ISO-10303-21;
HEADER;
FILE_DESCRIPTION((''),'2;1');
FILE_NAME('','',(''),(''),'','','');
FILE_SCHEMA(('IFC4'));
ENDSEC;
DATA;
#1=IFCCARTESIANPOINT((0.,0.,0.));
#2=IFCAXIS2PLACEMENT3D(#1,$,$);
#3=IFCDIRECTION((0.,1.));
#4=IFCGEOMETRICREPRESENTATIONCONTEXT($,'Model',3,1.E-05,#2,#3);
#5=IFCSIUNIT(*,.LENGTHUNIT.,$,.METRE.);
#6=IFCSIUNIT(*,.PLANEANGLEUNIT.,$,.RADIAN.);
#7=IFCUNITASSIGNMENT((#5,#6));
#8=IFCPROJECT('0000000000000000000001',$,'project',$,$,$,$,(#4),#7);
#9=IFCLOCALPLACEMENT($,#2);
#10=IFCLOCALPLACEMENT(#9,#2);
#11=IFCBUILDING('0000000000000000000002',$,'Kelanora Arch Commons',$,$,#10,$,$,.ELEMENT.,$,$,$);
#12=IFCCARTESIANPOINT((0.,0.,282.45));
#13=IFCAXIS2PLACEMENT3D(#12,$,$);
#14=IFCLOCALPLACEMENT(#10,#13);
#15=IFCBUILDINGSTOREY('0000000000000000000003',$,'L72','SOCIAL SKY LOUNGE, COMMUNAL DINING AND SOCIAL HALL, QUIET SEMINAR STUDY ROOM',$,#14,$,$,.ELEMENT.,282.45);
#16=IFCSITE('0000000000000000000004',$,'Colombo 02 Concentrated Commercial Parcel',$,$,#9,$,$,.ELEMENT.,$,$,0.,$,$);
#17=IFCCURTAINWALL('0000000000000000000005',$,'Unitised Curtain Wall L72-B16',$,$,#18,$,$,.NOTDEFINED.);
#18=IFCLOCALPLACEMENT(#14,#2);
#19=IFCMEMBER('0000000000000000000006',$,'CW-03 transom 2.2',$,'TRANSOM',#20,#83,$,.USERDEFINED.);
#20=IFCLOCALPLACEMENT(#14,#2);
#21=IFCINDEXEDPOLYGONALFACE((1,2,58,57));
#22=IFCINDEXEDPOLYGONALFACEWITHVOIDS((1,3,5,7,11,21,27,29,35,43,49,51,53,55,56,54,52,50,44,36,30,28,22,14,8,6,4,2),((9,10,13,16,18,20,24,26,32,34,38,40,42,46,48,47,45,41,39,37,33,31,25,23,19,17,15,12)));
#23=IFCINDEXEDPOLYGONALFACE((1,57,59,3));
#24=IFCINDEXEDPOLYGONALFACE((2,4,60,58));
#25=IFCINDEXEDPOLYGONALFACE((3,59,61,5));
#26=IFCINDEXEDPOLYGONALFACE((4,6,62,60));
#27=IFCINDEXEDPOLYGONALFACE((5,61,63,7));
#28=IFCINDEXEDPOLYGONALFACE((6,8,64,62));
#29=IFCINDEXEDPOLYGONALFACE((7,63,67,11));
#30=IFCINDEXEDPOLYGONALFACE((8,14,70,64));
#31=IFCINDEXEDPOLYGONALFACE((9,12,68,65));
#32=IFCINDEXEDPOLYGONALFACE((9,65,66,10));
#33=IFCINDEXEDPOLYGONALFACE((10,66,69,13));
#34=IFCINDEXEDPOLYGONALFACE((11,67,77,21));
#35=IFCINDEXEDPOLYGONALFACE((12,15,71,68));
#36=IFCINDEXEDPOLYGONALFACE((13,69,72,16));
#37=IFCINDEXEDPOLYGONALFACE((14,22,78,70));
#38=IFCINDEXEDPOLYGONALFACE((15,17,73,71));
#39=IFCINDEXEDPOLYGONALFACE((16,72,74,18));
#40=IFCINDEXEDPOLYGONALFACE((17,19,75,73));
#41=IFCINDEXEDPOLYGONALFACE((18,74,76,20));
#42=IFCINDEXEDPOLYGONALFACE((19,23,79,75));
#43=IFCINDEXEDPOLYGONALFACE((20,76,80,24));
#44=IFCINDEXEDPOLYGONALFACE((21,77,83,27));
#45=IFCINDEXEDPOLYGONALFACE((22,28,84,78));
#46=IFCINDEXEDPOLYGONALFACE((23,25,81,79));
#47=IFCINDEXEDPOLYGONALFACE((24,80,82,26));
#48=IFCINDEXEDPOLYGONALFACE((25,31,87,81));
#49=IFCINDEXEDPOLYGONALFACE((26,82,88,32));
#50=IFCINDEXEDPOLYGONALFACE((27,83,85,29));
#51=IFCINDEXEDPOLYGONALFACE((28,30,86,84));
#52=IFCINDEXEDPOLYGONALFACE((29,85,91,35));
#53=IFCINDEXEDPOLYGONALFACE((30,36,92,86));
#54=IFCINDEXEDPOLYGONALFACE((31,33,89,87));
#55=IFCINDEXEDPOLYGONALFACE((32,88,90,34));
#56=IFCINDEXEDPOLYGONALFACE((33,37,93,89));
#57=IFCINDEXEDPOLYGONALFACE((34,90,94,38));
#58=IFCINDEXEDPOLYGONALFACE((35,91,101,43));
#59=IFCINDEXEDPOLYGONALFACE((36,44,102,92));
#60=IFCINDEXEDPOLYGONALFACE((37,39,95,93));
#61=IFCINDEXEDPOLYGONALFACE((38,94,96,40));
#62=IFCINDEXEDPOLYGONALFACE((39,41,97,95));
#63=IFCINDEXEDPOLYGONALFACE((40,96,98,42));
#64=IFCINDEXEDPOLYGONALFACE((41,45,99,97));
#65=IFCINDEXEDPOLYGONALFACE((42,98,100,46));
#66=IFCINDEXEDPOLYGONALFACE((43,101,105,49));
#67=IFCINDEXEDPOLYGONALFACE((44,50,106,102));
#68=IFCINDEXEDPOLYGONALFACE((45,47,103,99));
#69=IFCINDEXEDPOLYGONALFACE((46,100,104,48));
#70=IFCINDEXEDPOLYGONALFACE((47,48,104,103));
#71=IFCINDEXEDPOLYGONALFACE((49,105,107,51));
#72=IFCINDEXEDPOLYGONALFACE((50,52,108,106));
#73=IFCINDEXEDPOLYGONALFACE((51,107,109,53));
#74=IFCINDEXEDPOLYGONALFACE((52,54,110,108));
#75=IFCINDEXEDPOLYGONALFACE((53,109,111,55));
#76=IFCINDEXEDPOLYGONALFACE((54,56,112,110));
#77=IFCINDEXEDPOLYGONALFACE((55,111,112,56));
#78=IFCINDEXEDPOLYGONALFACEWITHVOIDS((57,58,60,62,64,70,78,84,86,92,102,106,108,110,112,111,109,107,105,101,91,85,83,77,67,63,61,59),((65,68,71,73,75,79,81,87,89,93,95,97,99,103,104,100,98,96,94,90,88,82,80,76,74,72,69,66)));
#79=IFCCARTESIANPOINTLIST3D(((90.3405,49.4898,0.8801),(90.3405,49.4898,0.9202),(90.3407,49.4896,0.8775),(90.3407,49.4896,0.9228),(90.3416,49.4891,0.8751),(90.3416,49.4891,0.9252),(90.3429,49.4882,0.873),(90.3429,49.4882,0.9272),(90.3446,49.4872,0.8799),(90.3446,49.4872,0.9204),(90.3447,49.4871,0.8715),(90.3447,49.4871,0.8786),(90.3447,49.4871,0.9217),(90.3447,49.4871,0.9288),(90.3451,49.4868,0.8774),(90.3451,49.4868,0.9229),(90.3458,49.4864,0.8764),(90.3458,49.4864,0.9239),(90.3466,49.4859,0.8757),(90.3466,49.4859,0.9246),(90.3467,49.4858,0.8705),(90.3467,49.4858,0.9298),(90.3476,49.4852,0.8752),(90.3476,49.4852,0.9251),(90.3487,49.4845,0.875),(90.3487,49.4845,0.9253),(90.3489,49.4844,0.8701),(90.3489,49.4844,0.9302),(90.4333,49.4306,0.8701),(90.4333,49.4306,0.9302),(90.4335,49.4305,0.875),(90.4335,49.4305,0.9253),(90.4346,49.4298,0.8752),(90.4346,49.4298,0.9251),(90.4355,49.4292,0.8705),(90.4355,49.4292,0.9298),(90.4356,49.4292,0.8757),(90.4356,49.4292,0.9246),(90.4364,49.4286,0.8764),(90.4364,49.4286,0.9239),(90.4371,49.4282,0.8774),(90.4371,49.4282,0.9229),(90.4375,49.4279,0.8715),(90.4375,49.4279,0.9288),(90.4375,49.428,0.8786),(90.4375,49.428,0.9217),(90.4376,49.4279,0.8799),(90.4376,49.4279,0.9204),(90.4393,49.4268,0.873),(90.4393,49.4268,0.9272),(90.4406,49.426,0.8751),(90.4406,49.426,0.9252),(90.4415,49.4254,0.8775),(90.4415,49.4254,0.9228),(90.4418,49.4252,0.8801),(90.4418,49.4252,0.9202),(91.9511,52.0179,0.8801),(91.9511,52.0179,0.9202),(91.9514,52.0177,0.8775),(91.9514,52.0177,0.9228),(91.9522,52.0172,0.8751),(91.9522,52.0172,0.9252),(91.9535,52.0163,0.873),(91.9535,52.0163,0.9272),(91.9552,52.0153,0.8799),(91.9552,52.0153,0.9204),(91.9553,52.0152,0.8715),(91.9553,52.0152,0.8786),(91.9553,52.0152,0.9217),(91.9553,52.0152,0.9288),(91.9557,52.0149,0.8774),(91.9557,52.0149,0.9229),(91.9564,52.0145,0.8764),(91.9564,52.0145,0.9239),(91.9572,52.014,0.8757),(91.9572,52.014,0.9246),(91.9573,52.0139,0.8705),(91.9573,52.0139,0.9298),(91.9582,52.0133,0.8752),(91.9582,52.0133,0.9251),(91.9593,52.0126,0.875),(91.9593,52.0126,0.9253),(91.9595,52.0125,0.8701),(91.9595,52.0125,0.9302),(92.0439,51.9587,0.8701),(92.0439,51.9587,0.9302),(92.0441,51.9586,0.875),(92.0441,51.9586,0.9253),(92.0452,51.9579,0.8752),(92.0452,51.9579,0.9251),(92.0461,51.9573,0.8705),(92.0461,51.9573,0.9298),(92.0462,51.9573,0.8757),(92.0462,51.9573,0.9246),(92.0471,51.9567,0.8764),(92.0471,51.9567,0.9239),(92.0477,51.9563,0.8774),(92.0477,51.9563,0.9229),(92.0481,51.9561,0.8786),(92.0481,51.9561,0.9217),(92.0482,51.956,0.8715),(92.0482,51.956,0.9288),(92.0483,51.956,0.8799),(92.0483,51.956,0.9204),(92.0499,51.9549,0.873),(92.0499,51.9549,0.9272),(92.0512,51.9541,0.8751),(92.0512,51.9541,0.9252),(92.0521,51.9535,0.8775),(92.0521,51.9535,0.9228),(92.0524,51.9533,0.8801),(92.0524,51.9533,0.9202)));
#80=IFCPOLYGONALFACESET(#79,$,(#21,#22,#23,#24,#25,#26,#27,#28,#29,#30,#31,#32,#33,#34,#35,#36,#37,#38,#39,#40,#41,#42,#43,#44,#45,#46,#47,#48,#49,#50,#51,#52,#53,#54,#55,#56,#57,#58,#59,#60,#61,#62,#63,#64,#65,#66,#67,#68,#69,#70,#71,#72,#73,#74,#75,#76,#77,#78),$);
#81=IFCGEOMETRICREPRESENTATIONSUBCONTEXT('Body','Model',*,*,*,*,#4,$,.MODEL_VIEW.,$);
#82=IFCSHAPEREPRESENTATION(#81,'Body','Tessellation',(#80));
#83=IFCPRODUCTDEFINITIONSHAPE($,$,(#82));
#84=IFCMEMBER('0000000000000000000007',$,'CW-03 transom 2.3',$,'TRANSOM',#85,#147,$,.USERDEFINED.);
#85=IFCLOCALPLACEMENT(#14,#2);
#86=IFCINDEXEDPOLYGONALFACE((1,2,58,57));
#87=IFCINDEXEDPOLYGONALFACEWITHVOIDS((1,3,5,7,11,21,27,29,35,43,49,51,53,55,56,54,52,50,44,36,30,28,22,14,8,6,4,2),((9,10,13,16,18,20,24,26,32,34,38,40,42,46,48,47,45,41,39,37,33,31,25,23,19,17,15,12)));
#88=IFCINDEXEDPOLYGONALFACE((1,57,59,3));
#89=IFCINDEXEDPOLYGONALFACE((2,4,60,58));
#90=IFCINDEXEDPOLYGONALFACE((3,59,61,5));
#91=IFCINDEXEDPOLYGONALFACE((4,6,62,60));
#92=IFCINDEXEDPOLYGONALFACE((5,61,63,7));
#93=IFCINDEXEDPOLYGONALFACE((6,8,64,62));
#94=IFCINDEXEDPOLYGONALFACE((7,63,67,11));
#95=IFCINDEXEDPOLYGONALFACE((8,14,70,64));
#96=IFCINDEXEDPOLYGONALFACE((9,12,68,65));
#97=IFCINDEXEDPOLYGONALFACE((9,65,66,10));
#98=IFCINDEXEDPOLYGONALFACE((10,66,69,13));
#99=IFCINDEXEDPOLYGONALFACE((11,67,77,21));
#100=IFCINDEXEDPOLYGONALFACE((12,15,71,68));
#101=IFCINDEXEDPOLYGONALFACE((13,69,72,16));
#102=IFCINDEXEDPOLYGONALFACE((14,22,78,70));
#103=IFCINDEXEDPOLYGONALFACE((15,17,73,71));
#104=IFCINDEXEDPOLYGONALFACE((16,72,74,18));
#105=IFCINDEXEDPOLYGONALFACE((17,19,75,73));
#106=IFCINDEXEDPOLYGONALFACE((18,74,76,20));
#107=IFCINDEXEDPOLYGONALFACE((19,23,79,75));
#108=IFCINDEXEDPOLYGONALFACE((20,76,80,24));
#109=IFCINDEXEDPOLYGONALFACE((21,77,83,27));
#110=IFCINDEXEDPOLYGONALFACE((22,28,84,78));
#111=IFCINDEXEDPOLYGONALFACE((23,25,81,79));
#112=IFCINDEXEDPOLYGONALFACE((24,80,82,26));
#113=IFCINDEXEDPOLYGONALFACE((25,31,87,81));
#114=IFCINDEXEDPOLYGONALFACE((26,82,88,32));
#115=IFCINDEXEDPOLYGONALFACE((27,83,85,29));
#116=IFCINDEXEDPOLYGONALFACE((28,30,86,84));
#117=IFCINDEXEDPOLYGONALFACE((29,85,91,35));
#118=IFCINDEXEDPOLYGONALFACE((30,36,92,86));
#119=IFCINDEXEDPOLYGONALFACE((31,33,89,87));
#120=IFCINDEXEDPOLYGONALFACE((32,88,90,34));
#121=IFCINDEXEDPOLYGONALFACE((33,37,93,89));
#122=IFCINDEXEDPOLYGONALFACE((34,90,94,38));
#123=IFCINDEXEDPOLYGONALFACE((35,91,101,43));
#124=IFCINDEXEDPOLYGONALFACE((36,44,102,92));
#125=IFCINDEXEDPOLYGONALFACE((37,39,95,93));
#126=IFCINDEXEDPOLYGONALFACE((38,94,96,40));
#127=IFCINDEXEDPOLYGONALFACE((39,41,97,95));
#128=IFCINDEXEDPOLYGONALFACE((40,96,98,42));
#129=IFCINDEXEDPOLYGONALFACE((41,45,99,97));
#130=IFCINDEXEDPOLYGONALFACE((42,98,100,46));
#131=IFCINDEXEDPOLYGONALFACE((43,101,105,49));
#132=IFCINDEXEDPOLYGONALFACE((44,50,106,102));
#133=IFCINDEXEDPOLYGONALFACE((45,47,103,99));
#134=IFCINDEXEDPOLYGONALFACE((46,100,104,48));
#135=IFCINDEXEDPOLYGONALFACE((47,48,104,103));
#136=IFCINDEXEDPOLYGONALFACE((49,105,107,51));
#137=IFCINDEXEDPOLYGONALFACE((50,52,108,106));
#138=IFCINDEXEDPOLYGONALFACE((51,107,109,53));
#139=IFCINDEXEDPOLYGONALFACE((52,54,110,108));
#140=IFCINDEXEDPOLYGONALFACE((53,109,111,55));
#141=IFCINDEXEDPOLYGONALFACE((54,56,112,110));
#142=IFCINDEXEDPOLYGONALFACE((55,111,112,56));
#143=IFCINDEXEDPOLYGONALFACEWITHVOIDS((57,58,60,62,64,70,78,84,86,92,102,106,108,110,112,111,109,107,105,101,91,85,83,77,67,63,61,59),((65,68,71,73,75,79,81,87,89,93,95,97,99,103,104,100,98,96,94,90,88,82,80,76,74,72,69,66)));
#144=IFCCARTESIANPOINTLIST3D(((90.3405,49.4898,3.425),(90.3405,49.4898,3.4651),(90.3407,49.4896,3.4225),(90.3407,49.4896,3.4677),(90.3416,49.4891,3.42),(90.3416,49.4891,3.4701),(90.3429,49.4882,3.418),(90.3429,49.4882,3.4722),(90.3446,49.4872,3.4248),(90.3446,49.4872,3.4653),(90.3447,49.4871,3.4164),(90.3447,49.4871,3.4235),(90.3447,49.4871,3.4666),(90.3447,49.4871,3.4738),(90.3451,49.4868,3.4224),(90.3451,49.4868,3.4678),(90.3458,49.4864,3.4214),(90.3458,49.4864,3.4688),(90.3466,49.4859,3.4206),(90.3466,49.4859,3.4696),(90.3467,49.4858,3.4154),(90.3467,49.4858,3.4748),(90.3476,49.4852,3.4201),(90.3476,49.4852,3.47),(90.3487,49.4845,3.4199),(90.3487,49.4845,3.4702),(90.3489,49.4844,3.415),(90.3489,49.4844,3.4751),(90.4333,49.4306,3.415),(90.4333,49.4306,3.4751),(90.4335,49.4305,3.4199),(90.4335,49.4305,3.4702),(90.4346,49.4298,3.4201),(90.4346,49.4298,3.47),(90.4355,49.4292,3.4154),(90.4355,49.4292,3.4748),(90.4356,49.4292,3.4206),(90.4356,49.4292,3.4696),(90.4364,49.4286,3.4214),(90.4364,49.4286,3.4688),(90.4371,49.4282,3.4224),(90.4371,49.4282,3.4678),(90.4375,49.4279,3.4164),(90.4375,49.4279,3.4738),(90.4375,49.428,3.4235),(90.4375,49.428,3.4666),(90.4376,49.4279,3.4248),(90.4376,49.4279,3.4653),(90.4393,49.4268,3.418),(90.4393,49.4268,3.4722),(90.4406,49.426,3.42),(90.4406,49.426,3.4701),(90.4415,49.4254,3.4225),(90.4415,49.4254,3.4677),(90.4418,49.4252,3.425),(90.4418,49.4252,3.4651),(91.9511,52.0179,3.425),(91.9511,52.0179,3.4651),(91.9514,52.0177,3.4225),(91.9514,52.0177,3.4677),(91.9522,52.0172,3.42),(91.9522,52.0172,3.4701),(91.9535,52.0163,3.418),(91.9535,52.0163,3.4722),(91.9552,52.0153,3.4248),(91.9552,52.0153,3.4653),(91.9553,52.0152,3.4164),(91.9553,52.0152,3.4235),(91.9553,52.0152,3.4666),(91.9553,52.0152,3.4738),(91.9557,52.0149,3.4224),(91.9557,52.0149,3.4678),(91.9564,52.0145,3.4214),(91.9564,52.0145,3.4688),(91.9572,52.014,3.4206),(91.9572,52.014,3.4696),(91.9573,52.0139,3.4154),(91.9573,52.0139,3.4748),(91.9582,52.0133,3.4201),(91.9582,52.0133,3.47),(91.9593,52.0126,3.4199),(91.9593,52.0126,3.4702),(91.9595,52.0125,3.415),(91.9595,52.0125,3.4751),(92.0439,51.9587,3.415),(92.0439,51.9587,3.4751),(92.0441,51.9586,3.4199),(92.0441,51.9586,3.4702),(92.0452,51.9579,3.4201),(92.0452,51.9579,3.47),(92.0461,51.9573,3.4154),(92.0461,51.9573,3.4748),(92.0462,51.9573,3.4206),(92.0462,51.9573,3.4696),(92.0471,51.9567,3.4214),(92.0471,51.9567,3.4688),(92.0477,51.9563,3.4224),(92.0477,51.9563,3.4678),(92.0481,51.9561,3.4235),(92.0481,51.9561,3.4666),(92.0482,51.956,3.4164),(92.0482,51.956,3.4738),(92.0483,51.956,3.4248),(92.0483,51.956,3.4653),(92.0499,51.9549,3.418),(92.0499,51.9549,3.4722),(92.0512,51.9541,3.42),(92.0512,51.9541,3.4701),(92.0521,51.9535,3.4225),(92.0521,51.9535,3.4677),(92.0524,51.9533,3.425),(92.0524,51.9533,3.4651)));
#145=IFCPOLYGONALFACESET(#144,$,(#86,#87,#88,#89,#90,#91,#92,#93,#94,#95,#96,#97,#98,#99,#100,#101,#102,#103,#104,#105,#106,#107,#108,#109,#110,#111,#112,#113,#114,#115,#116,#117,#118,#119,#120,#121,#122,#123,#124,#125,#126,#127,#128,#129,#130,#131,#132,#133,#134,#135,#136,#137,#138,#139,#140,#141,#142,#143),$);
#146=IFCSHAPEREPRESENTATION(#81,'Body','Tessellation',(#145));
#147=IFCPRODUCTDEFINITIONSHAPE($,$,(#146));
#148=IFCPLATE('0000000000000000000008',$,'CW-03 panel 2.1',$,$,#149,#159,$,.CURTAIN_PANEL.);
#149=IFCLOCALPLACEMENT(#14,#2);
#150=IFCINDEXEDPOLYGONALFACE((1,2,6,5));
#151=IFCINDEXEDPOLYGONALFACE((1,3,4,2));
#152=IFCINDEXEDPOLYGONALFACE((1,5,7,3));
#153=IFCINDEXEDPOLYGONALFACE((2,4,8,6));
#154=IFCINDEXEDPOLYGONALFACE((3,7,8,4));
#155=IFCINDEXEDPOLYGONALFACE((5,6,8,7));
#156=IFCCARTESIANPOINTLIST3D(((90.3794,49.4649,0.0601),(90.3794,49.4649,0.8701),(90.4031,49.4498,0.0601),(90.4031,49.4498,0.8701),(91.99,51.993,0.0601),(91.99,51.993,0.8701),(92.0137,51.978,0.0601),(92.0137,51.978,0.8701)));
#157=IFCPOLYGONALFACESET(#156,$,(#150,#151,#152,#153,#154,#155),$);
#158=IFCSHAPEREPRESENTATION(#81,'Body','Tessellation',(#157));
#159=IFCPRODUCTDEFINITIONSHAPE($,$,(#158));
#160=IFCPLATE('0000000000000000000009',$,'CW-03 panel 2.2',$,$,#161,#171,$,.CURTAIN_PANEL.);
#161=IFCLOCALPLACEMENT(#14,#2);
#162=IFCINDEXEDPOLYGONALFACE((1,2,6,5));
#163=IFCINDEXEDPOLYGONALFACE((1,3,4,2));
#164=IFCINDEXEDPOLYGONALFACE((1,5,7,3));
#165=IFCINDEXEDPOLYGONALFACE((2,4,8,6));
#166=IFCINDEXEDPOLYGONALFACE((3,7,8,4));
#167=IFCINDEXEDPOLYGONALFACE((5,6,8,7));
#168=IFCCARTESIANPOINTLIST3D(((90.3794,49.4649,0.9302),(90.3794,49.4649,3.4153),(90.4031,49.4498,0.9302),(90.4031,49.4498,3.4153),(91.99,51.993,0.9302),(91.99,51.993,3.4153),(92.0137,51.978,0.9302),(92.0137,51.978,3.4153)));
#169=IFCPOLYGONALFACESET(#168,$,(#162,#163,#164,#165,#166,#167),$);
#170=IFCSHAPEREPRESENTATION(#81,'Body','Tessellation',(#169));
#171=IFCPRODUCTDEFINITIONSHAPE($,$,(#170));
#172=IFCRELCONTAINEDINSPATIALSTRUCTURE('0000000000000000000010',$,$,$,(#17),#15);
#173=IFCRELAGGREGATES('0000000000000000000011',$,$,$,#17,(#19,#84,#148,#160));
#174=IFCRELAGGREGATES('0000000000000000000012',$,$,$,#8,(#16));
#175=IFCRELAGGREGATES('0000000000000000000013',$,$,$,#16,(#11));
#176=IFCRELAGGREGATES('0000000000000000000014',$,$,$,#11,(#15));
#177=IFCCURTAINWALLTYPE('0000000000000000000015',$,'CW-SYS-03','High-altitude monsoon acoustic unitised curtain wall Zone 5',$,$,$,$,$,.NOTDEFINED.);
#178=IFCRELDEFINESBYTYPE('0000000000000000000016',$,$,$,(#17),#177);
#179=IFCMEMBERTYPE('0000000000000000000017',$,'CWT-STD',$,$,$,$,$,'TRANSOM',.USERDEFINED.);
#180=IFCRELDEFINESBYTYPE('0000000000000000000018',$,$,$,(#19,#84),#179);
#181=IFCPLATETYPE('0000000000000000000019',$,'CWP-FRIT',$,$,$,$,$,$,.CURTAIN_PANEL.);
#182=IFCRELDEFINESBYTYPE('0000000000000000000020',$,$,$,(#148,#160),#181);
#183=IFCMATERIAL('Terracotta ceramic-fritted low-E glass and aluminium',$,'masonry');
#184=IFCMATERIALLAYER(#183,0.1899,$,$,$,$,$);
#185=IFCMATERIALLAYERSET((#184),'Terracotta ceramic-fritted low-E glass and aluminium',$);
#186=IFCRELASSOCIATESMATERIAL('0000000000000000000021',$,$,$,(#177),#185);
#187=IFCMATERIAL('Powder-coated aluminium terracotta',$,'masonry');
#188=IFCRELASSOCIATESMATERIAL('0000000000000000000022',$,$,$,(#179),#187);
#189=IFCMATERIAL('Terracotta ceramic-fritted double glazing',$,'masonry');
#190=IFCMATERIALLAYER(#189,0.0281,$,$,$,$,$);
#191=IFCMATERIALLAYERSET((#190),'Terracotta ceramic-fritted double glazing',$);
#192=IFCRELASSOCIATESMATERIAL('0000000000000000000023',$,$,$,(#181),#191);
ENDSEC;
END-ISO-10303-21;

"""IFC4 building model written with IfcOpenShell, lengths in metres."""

from ifc_helpers import new_model, si_unit, direction, frame, origin, origin_2d, place, context, subcontext, project, spatial, rectangle, hollow_rectangle, extrude, source, transform, mapped, material, layer, layer_set, material_profile, profile_set, type_object, element, aggregate, save


model = new_model("IFC4")

# Units and contexts
model_context = context("Model", 3, precision=1e-05, world=origin(), true_north=direction((0.0, 1.0)))
body_context = subcontext(model_context, "Body", "Model", "MODEL_VIEW")
ifc_project = project(units=[si_unit("LENGTHUNIT", "METRE"), si_unit("PLANEANGLEUNIT", "RADIAN")], contexts=[model_context])

# Site, building, storey
site_placement = place(None, origin())
site = spatial("IfcSite", under=ifc_project, at=site_placement, Name="Colombo 02 Concentrated Commercial Parcel", CompositionType="ELEMENT", RefElevation=0.0)
building_placement = place(site_placement, origin())
building = spatial("IfcBuilding", under=site, at=building_placement, Name="Kelanora Arch Commons", CompositionType="ELEMENT")
storey_placement = place(building_placement, frame((0.0, 0.0, 282.45)))
storey = spatial("IfcBuildingStorey", under=building, at=storey_placement, Name="L72", Description="SOCIAL SKY LOUNGE, COMMUNAL DINING AND SOCIAL HALL, QUIET SEMINAR STUDY ROOM", CompositionType="ELEMENT", Elevation=282.45)

# Curtain wall, members, plates
ifc_material_1 = material(Name="Terracotta ceramic-fritted low-E glass and aluminium", Category="masonry")
ifc_layer_1 = layer(ifc_material_1, 0.1899)
ifc_layer_set_1 = layer_set([ifc_layer_1], Name="Terracotta ceramic-fritted low-E glass and aluminium")
curtain_wall_type = type_object("IfcCurtainWallType", Name="CW-SYS-03", Description="High-altitude monsoon acoustic unitised curtain wall Zone 5", PredefinedType="NOTDEFINED", material=ifc_layer_set_1)
curtain_wall_placement = place(storey_placement, origin())
curtain_wall = element("IfcCurtainWall", 1, at=curtain_wall_placement, inside=storey, type_object=curtain_wall_type, Name="Unitised Curtain Wall L72-B16", PredefinedType="NOTDEFINED")
ifc_material_2 = material(Name="Powder-coated aluminium terracotta", Category="masonry")
ifc_material_profile_1 = material_profile(ifc_material_2, hollow_rectangle(XDim=0.1201, YDim=0.0601, WallThickness=0.0049, InnerFilletRadius=0.0049, OuterFilletRadius=0.01, at=origin_2d()), Name="CWT120x60")
ifc_profile_set_1 = profile_set([ifc_material_profile_1], Name="Powder-coated aluminium terracotta")
member_type_1 = type_object("IfcMemberType", Name="CWT-STD", ElementType="TRANSOM", PredefinedType="USERDEFINED", material=ifc_profile_set_1)
member_1_placement = place(storey_placement, frame((90.3911, 49.4575, 0.9001), z_axis=(0.537308, 0.843386, 0.0), x_axis=(-0.843386, 0.537308, 0.0)))
member_1 = element("IfcMember", 2, at=member_1_placement, type_object=member_type_1, Name="CW-03 transom 2.2", ObjectType="TRANSOM", PredefinedType="USERDEFINED", context=body_context, shape_type="SweptSolid", body=[
    extrude(hollow_rectangle(XDim=0.1201, YDim=0.0601, WallThickness=0.0049, InnerFilletRadius=0.0049, OuterFilletRadius=0.01, at=origin_2d()), origin(), (0.0, 0.0, 1.0), 2.9976),
])
member_2_placement = place(storey_placement, frame((90.3911, 49.4575, 3.4451), z_axis=(0.537308, 0.843386, 0.0), x_axis=(-0.843386, 0.537308, 0.0)))
member_2 = element("IfcMember", 3, at=member_2_placement, type_object=member_type_1, Name="CW-03 transom 2.3", ObjectType="TRANSOM", PredefinedType="USERDEFINED", context=body_context, shape_type="SweptSolid", body=[
    extrude(hollow_rectangle(XDim=0.1201, YDim=0.0601, WallThickness=0.0049, InnerFilletRadius=0.0049, OuterFilletRadius=0.01, at=origin_2d()), origin(), (0.0, 0.0, 1.0), 2.9976),
])
ifc_material_3 = material(Name="Terracotta ceramic-fritted double glazing", Category="masonry")
ifc_layer_2 = layer(ifc_material_3, 0.0281)
ifc_layer_set_2 = layer_set([ifc_layer_2], Name="Terracotta ceramic-fritted double glazing")
plate_type = type_object("IfcPlateType", Name="CWP-FRIT", PredefinedType="CURTAIN_PANEL", material=ifc_layer_set_2)
shared_shape_1 = source(origin(), body_context, "Body", "SweptSolid", [
    extrude(rectangle(XDim=2.9976, YDim=0.0281, at=origin_2d()), origin(), (0.0, 0.0, 1.0), 0.8101),
])
plate_1_placement = place(storey_placement, frame((91.1965, 50.7214, 0.0601), z_axis=(0.0, 0.0, 1.0), x_axis=(0.5373, 0.843391, 0.0)))
plate_1 = element("IfcPlate", 4, at=plate_1_placement, type_object=plate_type, Name="CW-03 panel 2.1", PredefinedType="CURTAIN_PANEL", context=body_context, shape_type="MappedRepresentation", body=[
    mapped(shared_shape_1, transform((0.0, 0.0, 0.0), scale=1.0)),
])
shared_shape_2 = source(origin(), body_context, "Body", "SweptSolid", [
    extrude(rectangle(XDim=2.9976, YDim=0.0281, at=origin_2d()), origin(), (0.0, 0.0, 1.0), 2.4851),
])
plate_2_placement = place(storey_placement, frame((91.1965, 50.7214, 0.9302), z_axis=(0.0, 0.0, 1.0), x_axis=(0.5373, 0.843391, 0.0)))
plate_2 = element("IfcPlate", 5, at=plate_2_placement, type_object=plate_type, Name="CW-03 panel 2.2", PredefinedType="CURTAIN_PANEL", context=body_context, shape_type="MappedRepresentation", body=[
    mapped(shared_shape_2, transform((0.0, 0.0, 0.0), scale=1.0)),
])
aggregate(curtain_wall, [member_1, member_2, plate_1, plate_2])

save(model, "model.ifc")
